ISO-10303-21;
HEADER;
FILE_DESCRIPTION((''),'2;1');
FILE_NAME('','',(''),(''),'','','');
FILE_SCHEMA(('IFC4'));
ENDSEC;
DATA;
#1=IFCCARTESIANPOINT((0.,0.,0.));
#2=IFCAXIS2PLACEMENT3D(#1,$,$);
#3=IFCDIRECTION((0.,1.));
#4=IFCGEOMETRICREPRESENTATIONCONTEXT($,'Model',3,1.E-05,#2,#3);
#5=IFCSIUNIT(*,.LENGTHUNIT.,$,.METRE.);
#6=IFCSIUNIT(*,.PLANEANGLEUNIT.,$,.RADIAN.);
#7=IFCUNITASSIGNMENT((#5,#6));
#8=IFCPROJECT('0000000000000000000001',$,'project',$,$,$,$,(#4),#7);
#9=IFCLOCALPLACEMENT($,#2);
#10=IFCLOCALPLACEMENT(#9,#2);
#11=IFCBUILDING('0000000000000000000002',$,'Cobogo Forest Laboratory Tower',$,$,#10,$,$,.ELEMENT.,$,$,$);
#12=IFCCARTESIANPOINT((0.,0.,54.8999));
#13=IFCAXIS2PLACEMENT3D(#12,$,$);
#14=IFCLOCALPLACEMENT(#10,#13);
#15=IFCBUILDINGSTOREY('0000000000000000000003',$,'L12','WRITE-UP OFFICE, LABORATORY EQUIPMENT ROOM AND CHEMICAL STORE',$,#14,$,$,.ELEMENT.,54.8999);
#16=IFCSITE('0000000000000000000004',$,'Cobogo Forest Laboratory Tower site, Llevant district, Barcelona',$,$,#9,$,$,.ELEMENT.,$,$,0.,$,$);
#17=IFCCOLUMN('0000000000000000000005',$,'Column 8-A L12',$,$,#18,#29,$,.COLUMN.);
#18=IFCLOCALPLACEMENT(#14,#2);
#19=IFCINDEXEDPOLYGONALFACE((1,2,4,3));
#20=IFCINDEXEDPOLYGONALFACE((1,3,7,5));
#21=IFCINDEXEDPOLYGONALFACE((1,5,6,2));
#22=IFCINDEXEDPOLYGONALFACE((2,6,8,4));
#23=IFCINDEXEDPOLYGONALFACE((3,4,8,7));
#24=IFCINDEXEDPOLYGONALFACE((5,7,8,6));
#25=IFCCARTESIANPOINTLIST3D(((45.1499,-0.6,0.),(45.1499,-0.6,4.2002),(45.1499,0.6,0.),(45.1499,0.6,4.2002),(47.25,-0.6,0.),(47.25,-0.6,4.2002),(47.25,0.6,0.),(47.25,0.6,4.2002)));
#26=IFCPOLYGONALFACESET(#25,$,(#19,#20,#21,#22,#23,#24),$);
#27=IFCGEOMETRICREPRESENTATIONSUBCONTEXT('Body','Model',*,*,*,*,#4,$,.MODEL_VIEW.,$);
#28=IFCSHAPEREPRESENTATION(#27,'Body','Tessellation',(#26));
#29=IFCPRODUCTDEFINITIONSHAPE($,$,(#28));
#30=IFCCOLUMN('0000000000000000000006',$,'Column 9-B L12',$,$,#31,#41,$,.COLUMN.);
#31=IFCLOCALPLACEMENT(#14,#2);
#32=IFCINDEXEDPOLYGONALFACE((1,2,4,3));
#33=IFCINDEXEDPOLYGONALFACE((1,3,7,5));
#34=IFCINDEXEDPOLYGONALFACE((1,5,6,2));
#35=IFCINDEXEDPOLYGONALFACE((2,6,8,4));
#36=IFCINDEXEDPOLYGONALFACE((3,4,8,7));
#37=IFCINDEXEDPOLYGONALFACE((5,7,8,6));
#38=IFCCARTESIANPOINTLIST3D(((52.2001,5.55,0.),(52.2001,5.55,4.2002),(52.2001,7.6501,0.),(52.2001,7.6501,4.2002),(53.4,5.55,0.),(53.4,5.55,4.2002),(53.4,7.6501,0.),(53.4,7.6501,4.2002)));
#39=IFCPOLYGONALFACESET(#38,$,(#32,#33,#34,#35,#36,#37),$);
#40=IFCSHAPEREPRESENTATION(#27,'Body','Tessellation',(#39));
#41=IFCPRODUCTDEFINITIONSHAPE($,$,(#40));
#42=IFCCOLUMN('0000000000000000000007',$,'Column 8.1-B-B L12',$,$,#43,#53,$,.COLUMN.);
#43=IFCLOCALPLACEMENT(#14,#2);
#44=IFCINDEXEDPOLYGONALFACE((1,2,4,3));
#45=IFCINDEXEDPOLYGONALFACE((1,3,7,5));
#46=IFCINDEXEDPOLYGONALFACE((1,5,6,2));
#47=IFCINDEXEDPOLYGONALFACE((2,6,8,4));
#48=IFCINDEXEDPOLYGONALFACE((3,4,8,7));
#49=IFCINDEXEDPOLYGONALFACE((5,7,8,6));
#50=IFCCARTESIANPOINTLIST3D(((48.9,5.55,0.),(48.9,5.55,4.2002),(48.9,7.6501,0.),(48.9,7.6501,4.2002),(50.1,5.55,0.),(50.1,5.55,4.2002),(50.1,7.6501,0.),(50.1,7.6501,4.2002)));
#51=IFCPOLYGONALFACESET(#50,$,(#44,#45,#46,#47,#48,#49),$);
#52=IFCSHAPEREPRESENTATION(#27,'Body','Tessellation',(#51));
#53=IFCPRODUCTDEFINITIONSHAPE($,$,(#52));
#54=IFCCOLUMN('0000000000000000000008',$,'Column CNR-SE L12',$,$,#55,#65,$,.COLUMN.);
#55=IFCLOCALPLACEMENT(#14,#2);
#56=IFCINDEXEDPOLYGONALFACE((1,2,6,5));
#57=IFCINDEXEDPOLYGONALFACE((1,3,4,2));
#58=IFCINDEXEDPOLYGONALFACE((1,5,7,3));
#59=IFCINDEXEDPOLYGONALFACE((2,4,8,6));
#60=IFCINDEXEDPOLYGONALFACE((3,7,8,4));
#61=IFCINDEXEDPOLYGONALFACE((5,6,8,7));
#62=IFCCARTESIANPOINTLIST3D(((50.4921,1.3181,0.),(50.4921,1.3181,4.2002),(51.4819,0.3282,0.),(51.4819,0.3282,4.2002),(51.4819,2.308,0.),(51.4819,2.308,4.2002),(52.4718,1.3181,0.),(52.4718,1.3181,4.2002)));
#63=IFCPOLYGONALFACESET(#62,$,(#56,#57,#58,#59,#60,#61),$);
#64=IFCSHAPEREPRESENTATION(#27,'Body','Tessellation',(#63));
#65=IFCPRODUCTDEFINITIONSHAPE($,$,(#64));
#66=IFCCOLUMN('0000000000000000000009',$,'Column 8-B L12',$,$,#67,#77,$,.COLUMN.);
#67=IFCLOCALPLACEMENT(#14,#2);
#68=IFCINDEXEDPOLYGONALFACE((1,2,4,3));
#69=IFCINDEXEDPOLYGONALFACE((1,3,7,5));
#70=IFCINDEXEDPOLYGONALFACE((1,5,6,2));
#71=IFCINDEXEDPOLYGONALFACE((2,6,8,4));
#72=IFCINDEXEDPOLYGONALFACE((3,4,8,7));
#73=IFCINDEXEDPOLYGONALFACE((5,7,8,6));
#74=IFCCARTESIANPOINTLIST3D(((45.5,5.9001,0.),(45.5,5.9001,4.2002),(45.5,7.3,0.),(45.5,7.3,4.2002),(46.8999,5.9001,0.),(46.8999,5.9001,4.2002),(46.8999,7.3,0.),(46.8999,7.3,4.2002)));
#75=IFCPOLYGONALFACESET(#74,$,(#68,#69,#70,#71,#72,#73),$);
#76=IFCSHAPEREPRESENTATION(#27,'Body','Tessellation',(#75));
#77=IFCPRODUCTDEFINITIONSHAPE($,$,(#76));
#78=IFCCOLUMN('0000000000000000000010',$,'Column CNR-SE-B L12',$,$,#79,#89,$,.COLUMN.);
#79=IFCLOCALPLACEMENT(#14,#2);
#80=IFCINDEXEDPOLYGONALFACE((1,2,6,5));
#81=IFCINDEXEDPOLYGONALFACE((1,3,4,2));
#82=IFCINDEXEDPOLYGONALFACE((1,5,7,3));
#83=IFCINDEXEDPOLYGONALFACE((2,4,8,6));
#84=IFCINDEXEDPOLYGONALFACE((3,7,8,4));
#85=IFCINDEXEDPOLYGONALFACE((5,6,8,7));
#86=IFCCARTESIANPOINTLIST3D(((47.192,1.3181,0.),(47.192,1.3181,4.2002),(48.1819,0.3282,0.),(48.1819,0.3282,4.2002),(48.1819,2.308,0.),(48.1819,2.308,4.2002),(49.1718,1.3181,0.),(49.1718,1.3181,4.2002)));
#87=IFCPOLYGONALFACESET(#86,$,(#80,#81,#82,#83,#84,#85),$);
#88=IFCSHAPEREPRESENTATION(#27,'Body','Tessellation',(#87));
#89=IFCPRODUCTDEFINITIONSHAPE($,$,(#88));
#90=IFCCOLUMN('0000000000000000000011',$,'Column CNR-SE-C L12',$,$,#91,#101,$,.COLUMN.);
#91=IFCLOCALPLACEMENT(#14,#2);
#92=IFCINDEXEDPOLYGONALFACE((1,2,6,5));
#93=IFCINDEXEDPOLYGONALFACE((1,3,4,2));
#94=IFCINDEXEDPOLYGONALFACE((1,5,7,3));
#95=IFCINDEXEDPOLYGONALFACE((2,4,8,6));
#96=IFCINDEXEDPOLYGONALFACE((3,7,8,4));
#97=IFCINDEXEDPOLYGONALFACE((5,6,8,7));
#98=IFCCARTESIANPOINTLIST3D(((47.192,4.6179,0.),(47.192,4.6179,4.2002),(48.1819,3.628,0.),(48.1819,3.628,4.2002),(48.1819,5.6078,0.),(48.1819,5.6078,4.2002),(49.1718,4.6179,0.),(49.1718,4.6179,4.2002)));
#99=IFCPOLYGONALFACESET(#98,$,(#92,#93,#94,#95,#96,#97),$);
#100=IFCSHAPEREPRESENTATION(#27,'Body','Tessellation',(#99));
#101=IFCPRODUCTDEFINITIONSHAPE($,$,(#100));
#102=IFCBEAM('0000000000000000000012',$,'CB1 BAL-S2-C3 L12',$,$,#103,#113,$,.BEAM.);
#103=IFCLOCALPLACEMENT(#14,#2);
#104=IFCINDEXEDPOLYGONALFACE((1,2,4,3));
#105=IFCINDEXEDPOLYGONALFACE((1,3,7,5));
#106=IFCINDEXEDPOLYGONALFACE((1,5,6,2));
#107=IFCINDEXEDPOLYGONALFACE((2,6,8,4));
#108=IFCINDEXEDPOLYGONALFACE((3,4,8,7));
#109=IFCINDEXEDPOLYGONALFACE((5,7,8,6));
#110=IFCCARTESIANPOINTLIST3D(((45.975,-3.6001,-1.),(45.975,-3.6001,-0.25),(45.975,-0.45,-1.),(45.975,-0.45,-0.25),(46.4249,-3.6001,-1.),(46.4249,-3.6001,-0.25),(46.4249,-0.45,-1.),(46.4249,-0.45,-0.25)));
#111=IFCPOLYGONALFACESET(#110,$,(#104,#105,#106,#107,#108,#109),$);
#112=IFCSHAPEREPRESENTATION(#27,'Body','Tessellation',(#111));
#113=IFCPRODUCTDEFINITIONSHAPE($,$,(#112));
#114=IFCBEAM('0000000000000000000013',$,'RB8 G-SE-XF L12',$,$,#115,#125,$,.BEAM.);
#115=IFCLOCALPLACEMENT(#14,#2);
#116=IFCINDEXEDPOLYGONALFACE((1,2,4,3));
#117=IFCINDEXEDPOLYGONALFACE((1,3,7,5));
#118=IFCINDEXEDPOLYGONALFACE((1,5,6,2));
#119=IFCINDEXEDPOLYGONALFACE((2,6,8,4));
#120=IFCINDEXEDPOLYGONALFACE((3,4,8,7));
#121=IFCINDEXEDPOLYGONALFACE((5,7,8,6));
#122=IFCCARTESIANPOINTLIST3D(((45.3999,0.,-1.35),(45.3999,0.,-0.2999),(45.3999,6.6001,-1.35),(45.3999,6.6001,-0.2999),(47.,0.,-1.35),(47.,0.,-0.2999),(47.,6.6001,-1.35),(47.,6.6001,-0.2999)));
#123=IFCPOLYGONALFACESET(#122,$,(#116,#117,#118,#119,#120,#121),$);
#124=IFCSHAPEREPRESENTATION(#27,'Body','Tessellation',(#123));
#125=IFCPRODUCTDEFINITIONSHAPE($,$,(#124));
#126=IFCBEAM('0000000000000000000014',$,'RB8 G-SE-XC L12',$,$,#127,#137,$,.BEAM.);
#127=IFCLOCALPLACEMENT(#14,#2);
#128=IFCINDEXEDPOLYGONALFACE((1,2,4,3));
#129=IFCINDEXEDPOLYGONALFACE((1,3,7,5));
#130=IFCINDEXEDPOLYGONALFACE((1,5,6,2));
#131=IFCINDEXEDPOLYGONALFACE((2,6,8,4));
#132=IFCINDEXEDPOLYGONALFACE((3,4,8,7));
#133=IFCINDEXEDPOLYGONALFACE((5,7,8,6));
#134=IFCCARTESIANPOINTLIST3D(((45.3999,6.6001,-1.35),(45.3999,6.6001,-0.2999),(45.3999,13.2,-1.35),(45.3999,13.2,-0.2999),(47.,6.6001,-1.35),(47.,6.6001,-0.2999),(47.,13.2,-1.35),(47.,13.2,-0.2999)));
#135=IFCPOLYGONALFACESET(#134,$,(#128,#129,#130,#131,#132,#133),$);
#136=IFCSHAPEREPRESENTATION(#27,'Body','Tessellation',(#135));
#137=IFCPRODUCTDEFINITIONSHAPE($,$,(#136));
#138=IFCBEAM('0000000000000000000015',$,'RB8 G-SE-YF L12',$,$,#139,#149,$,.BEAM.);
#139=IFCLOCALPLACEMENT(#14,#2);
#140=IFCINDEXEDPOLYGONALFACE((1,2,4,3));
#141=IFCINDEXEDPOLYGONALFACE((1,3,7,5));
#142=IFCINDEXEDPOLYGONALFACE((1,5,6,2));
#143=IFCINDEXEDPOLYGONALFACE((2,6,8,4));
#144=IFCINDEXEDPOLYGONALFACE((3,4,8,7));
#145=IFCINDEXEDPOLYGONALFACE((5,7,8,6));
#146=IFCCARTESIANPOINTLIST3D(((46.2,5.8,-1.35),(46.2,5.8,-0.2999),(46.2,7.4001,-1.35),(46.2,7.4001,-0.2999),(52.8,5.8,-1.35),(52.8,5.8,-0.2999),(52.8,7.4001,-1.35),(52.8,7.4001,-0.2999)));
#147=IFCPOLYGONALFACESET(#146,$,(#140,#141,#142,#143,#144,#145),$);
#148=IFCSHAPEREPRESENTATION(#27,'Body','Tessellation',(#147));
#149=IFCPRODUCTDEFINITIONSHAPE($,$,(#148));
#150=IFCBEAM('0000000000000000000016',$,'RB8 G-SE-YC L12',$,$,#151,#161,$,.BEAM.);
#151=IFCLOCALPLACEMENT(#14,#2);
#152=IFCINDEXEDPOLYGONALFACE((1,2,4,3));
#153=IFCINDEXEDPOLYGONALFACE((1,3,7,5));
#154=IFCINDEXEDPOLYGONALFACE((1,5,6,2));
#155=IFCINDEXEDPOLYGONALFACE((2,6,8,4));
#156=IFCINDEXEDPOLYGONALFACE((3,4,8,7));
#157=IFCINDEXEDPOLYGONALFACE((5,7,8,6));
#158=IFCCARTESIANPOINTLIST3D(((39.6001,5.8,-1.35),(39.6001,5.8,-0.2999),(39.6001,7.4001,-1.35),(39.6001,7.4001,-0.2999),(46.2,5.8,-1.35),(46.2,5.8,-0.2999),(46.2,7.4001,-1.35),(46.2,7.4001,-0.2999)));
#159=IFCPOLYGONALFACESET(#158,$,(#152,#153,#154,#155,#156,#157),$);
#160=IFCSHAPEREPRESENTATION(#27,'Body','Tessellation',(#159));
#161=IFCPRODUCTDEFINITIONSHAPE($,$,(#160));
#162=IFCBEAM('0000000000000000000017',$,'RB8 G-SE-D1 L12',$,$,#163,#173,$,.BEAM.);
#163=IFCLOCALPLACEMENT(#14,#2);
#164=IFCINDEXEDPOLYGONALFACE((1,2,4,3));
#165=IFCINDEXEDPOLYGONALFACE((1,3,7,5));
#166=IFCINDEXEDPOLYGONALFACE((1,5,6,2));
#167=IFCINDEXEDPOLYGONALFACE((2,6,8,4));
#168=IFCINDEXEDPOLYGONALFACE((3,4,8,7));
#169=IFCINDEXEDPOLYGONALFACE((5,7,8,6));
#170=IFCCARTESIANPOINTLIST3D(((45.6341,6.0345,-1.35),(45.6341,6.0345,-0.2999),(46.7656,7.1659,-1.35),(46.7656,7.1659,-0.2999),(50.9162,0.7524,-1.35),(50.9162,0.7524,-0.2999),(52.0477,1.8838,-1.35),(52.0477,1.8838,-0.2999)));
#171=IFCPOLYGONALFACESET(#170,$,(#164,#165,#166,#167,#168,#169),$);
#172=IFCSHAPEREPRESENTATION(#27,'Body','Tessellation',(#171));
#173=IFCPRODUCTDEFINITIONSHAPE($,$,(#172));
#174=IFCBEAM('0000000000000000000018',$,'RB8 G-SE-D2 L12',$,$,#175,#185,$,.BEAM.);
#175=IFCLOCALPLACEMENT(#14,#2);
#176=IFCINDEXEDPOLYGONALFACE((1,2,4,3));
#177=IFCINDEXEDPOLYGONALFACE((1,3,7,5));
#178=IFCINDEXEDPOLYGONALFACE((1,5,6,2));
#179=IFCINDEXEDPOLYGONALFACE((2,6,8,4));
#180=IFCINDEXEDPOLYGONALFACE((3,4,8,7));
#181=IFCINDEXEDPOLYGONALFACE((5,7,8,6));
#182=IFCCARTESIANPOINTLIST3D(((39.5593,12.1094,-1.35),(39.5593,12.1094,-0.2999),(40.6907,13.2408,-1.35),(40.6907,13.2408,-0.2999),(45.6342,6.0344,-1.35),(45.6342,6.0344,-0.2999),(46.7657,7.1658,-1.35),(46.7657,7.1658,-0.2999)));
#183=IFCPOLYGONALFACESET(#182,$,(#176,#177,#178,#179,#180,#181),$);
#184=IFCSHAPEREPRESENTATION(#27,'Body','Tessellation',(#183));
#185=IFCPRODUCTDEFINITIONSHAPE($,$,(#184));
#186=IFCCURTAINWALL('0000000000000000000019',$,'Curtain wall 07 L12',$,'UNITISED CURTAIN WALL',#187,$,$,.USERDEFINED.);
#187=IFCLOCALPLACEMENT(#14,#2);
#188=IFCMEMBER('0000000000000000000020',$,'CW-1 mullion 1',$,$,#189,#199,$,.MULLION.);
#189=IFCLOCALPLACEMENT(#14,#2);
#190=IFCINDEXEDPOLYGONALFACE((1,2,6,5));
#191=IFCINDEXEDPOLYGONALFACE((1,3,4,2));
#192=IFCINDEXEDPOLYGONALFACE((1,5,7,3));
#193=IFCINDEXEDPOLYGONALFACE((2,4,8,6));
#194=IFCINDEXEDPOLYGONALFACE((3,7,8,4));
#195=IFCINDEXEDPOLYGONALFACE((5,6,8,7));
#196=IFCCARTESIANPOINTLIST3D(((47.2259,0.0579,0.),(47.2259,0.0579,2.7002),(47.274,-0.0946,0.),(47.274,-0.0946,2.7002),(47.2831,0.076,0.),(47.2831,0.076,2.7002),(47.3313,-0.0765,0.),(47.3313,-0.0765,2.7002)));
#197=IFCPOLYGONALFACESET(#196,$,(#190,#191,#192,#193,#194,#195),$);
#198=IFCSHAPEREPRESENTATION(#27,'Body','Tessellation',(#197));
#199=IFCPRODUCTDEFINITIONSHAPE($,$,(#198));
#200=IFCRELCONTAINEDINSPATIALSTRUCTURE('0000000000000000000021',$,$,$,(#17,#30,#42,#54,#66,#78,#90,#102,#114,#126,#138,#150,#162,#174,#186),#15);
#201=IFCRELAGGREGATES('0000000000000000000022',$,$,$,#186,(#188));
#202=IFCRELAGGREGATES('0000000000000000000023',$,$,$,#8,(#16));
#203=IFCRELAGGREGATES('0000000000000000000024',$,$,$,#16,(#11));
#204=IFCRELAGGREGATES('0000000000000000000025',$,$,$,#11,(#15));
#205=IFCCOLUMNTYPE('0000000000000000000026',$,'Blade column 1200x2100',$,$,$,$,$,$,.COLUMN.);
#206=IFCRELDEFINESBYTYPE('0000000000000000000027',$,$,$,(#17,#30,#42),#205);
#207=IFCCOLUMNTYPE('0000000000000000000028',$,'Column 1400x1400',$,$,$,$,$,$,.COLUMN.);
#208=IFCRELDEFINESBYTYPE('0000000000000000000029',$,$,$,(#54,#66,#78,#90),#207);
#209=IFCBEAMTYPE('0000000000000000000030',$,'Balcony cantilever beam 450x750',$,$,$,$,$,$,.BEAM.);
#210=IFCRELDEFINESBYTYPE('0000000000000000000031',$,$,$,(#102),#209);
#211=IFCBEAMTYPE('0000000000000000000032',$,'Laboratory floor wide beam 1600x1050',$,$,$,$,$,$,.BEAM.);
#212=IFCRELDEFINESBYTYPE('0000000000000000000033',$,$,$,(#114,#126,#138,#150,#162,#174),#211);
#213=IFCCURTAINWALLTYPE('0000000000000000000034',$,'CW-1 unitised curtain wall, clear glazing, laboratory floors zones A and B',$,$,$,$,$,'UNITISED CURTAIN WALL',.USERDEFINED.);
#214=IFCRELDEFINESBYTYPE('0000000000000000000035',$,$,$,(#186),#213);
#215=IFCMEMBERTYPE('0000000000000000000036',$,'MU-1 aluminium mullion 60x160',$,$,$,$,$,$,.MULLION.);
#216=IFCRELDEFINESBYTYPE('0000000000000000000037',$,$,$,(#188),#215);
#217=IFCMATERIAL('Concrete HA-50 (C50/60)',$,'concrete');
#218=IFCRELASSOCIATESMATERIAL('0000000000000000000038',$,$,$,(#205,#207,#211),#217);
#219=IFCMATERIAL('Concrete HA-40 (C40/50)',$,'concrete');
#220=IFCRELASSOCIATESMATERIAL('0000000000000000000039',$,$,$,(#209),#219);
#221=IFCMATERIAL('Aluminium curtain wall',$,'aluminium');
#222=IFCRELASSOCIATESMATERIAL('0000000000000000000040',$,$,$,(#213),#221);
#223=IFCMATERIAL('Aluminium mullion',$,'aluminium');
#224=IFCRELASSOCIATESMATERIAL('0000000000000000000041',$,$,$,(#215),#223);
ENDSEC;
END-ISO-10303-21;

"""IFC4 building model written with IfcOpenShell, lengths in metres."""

from ifc_helpers import new_model, si_unit, direction, frame, origin, origin_2d, place, context, subcontext, project, spatial, rectangle, extrude, material, material_profile, profile_set, type_object, element, aggregate, save


model = new_model("IFC4")

# Units and contexts
model_context = context("Model", 3, precision=1e-05, world=origin(), true_north=direction((0.0, 1.0)))
body_context = subcontext(model_context, "Body", "Model", "MODEL_VIEW")
ifc_project = project(units=[si_unit("LENGTHUNIT", "METRE"), si_unit("PLANEANGLEUNIT", "RADIAN")], contexts=[model_context])

# Site, building, storey
site_placement = place(None, origin())
site = spatial("IfcSite", under=ifc_project, at=site_placement, Name="Cobogo Forest Laboratory Tower site, Llevant district, Barcelona", CompositionType="ELEMENT", RefElevation=0.0)
building_placement = place(site_placement, origin())
building = spatial("IfcBuilding", under=site, at=building_placement, Name="Cobogo Forest Laboratory Tower", CompositionType="ELEMENT")
storey_placement = place(building_placement, frame((0.0, 0.0, 54.8999)))
storey = spatial("IfcBuildingStorey", under=building, at=storey_placement, Name="L12", Description="WRITE-UP OFFICE, LABORATORY EQUIPMENT ROOM AND CHEMICAL STORE", CompositionType="ELEMENT", Elevation=54.8999)

# Columns
ifc_material_1 = material(Name="Concrete HA-50 (C50/60)", Category="concrete")
ifc_material_profile_1 = material_profile(ifc_material_1, rectangle(XDim=2.1001, YDim=1.2, at=origin_2d()), Name="RC 1200x2100")
ifc_profile_set_1 = profile_set([ifc_material_profile_1], Name="Concrete HA-50 (C50/60)")
column_type_1 = type_object("IfcColumnType", Name="Blade column 1200x2100", PredefinedType="COLUMN", material=ifc_profile_set_1)
for number, where, z_axis, x_axis, name in (
    (1, (46.2, 0.0, 0.0), (0.0, 0.0, 1.0), (1.0, 0.0, 0.0), "Column 8-A L12"),
    (2, (52.8, 6.6001, 0.0), (0.0, 0.0, 1.0), (0.0, 1.0, 0.0), "Column 9-B L12"),
    (3, (49.5, 6.6001, 0.0), (0.0, 0.0, 1.0), (0.0, 1.0, 0.0), "Column 8.1-B-B L12"),
):
    element("IfcColumn", number, at=place(storey_placement, frame(where, z_axis=z_axis, x_axis=x_axis)), inside=storey, type_object=column_type_1, Name=name, PredefinedType="COLUMN", context=body_context, shape_type="SweptSolid", body=[
        extrude(rectangle(XDim=2.1001, YDim=1.2, at=origin_2d()), origin(), (0.0, 0.0, 1.0), 4.2002),
    ])
ifc_material_profile_2 = material_profile(ifc_material_1, rectangle(XDim=1.3999, YDim=1.3999, at=origin_2d()), Name="RC 1400x1400")
ifc_profile_set_2 = profile_set([ifc_material_profile_2], Name="Concrete HA-50 (C50/60)")
column_type_2 = type_object("IfcColumnType", Name="Column 1400x1400", PredefinedType="COLUMN", material=ifc_profile_set_2)
for number, where, z_axis, x_axis, name in (
    (4, (51.4819, 1.3181, 0.0), (0.0, 0.0, 1.0), (0.707107, 0.707107, 0.0), "Column CNR-SE L12"),
    (5, (46.2, 6.6001, 0.0), (0.0, 0.0, 1.0), (1.0, 0.0, 0.0), "Column 8-B L12"),
    (6, (48.1819, 1.3181, 0.0), (0.0, 0.0, 1.0), (0.707107, 0.707107, 0.0), "Column CNR-SE-B L12"),
    (7, (48.1819, 4.6179, 0.0), (0.0, 0.0, 1.0), (0.707107, 0.707107, 0.0), "Column CNR-SE-C L12"),
):
    element("IfcColumn", number, at=place(storey_placement, frame(where, z_axis=z_axis, x_axis=x_axis)), inside=storey, type_object=column_type_2, Name=name, PredefinedType="COLUMN", context=body_context, shape_type="SweptSolid", body=[
        extrude(rectangle(XDim=1.3999, YDim=1.3999, at=origin_2d()), origin(), (0.0, 0.0, 1.0), 4.2002),
    ])

# Beams
ifc_material_2 = material(Name="Concrete HA-40 (C40/50)", Category="concrete")
ifc_material_profile_3 = material_profile(ifc_material_2, rectangle(XDim=0.45, YDim=0.75, at=origin_2d()), Name="RC 450x750")
ifc_profile_set_3 = profile_set([ifc_material_profile_3], Name="Concrete HA-40 (C40/50)")
beam_type_1 = type_object("IfcBeamType", Name="Balcony cantilever beam 450x750", PredefinedType="BEAM", material=ifc_profile_set_3)
beam_1_placement = place(storey_placement, frame((46.2, -0.45, -0.625), z_axis=(0.0, -1.0, 0.0), x_axis=(1.0, 0.0, 0.0)))
element("IfcBeam", 8, at=beam_1_placement, inside=storey, type_object=beam_type_1, Name="CB1 BAL-S2-C3 L12", PredefinedType="BEAM", context=body_context, shape_type="SweptSolid", body=[
    extrude(rectangle(XDim=0.45, YDim=0.75, at=origin_2d()), origin(), (0.0, 0.0, 1.0), 3.1501),
])
ifc_material_profile_4 = material_profile(ifc_material_1, rectangle(XDim=1.6001, YDim=1.05, at=origin_2d()), Name="RC 1600x1050")
ifc_profile_set_4 = profile_set([ifc_material_profile_4], Name="Concrete HA-50 (C50/60)")
beam_type_2 = type_object("IfcBeamType", Name="Laboratory floor wide beam 1600x1050", PredefinedType="BEAM", material=ifc_profile_set_4)
beam_2_placement = place(storey_placement, frame((46.2, 0.0, -0.825), z_axis=(0.0, 1.0, 0.0), x_axis=(-1.0, 0.0, 0.0)))
element("IfcBeam", 9, at=beam_2_placement, inside=storey, type_object=beam_type_2, Name="RB8 G-SE-XF L12", PredefinedType="BEAM", context=body_context, shape_type="SweptSolid", body=[
    extrude(rectangle(XDim=1.6001, YDim=1.05, at=origin_2d()), origin(), (0.0, 0.0, 1.0), 6.6001),
])
beam_3_placement = place(storey_placement, frame((46.2, 6.6001, -0.825), z_axis=(0.0, 1.0, 0.0), x_axis=(-1.0, 0.0, 0.0)))
element("IfcBeam", 10, at=beam_3_placement, inside=storey, type_object=beam_type_2, Name="RB8 G-SE-XC L12", PredefinedType="BEAM", context=body_context, shape_type="SweptSolid", body=[
    extrude(rectangle(XDim=1.6001, YDim=1.05, at=origin_2d()), origin(), (0.0, 0.0, 1.0), 6.5999),
])
beam_4_placement = place(storey_placement, frame((52.8, 6.6001, -0.825), z_axis=(-1.0, 0.0, 0.0), x_axis=(0.0, -1.0, 0.0)))
element("IfcBeam", 11, at=beam_4_placement, inside=storey, type_object=beam_type_2, Name="RB8 G-SE-YF L12", PredefinedType="BEAM", context=body_context, shape_type="SweptSolid", body=[
    extrude(rectangle(XDim=1.6001, YDim=1.05, at=origin_2d()), origin(), (0.0, 0.0, 1.0), 6.6001),
])
beam_5_placement = place(storey_placement, frame((46.2, 6.6001, -0.825), z_axis=(-1.0, 0.0, 0.0), x_axis=(0.0, -1.0, 0.0)))
element("IfcBeam", 12, at=beam_5_placement, inside=storey, type_object=beam_type_2, Name="RB8 G-SE-YC L12", PredefinedType="BEAM", context=body_context, shape_type="SweptSolid", body=[
    extrude(rectangle(XDim=1.6001, YDim=1.05, at=origin_2d()), origin(), (0.0, 0.0, 1.0), 6.5999),
])
beam_6_placement = place(storey_placement, frame((51.4819, 1.3181, -0.825), z_axis=(-0.707107, 0.707107, 0.0), x_axis=(-0.707107, -0.707107, 0.0)))
element("IfcBeam", 13, at=beam_6_placement, inside=storey, type_object=beam_type_2, Name="RB8 G-SE-D1 L12", PredefinedType="BEAM", context=body_context, shape_type="SweptSolid", body=[
    extrude(rectangle(XDim=1.6001, YDim=1.05, at=origin_2d()), origin(), (0.0, 0.0, 1.0), 7.47),
])
beam_7_placement = place(storey_placement, frame((46.2, 6.6001, -0.825), z_axis=(-0.707107, 0.707107, 0.0), x_axis=(-0.707107, -0.707107, 0.0)))
element("IfcBeam", 14, at=beam_7_placement, inside=storey, type_object=beam_type_2, Name="RB8 G-SE-D2 L12", PredefinedType="BEAM", context=body_context, shape_type="SweptSolid", body=[
    extrude(rectangle(XDim=1.6001, YDim=1.05, at=origin_2d()), origin(), (0.0, 0.0, 1.0), 8.5913),
])

# Curtain wall, member
ifc_material_3 = material(Name="Aluminium curtain wall", Category="aluminium")
curtain_wall_type = type_object("IfcCurtainWallType", Name="CW-1 unitised curtain wall, clear glazing, laboratory floors zones A and B", ElementType="UNITISED CURTAIN WALL", PredefinedType="USERDEFINED", material=ifc_material_3)
curtain_wall_1_placement = place(storey_placement, origin())
curtain_wall_1 = element("IfcCurtainWall", 15, at=curtain_wall_1_placement, inside=storey, type_object=curtain_wall_type, Name="Curtain wall 07 L12", ObjectType="UNITISED CURTAIN WALL", PredefinedType="USERDEFINED")
ifc_material_4 = material(Name="Aluminium mullion", Category="aluminium")
ifc_material_profile_5 = material_profile(ifc_material_4, rectangle(XDim=0.0601, YDim=0.1599, at=origin_2d()), Name="AL 60x160")
ifc_profile_set_5 = profile_set([ifc_material_profile_5], Name="Aluminium mullion")
member_type_1 = type_object("IfcMemberType", Name="MU-1 aluminium mullion 60x160", PredefinedType="MULLION", material=ifc_profile_set_5)
member_1_placement = place(storey_placement, frame((47.2786, -0.0093, 0.0), z_axis=(0.0, 0.0, 1.0), x_axis=(0.953582, 0.301135, 0.0)))
member_1 = element("IfcMember", 16, at=member_1_placement, type_object=member_type_1, Name="CW-1 mullion 1", PredefinedType="MULLION", context=body_context, shape_type="SweptSolid", body=[
    extrude(rectangle(XDim=0.0601, YDim=0.1599, at=origin_2d()), origin(), (0.0, 0.0, 1.0), 2.7002),
])

aggregate(curtain_wall_1, [member_1])

save(model, "model.ifc")
